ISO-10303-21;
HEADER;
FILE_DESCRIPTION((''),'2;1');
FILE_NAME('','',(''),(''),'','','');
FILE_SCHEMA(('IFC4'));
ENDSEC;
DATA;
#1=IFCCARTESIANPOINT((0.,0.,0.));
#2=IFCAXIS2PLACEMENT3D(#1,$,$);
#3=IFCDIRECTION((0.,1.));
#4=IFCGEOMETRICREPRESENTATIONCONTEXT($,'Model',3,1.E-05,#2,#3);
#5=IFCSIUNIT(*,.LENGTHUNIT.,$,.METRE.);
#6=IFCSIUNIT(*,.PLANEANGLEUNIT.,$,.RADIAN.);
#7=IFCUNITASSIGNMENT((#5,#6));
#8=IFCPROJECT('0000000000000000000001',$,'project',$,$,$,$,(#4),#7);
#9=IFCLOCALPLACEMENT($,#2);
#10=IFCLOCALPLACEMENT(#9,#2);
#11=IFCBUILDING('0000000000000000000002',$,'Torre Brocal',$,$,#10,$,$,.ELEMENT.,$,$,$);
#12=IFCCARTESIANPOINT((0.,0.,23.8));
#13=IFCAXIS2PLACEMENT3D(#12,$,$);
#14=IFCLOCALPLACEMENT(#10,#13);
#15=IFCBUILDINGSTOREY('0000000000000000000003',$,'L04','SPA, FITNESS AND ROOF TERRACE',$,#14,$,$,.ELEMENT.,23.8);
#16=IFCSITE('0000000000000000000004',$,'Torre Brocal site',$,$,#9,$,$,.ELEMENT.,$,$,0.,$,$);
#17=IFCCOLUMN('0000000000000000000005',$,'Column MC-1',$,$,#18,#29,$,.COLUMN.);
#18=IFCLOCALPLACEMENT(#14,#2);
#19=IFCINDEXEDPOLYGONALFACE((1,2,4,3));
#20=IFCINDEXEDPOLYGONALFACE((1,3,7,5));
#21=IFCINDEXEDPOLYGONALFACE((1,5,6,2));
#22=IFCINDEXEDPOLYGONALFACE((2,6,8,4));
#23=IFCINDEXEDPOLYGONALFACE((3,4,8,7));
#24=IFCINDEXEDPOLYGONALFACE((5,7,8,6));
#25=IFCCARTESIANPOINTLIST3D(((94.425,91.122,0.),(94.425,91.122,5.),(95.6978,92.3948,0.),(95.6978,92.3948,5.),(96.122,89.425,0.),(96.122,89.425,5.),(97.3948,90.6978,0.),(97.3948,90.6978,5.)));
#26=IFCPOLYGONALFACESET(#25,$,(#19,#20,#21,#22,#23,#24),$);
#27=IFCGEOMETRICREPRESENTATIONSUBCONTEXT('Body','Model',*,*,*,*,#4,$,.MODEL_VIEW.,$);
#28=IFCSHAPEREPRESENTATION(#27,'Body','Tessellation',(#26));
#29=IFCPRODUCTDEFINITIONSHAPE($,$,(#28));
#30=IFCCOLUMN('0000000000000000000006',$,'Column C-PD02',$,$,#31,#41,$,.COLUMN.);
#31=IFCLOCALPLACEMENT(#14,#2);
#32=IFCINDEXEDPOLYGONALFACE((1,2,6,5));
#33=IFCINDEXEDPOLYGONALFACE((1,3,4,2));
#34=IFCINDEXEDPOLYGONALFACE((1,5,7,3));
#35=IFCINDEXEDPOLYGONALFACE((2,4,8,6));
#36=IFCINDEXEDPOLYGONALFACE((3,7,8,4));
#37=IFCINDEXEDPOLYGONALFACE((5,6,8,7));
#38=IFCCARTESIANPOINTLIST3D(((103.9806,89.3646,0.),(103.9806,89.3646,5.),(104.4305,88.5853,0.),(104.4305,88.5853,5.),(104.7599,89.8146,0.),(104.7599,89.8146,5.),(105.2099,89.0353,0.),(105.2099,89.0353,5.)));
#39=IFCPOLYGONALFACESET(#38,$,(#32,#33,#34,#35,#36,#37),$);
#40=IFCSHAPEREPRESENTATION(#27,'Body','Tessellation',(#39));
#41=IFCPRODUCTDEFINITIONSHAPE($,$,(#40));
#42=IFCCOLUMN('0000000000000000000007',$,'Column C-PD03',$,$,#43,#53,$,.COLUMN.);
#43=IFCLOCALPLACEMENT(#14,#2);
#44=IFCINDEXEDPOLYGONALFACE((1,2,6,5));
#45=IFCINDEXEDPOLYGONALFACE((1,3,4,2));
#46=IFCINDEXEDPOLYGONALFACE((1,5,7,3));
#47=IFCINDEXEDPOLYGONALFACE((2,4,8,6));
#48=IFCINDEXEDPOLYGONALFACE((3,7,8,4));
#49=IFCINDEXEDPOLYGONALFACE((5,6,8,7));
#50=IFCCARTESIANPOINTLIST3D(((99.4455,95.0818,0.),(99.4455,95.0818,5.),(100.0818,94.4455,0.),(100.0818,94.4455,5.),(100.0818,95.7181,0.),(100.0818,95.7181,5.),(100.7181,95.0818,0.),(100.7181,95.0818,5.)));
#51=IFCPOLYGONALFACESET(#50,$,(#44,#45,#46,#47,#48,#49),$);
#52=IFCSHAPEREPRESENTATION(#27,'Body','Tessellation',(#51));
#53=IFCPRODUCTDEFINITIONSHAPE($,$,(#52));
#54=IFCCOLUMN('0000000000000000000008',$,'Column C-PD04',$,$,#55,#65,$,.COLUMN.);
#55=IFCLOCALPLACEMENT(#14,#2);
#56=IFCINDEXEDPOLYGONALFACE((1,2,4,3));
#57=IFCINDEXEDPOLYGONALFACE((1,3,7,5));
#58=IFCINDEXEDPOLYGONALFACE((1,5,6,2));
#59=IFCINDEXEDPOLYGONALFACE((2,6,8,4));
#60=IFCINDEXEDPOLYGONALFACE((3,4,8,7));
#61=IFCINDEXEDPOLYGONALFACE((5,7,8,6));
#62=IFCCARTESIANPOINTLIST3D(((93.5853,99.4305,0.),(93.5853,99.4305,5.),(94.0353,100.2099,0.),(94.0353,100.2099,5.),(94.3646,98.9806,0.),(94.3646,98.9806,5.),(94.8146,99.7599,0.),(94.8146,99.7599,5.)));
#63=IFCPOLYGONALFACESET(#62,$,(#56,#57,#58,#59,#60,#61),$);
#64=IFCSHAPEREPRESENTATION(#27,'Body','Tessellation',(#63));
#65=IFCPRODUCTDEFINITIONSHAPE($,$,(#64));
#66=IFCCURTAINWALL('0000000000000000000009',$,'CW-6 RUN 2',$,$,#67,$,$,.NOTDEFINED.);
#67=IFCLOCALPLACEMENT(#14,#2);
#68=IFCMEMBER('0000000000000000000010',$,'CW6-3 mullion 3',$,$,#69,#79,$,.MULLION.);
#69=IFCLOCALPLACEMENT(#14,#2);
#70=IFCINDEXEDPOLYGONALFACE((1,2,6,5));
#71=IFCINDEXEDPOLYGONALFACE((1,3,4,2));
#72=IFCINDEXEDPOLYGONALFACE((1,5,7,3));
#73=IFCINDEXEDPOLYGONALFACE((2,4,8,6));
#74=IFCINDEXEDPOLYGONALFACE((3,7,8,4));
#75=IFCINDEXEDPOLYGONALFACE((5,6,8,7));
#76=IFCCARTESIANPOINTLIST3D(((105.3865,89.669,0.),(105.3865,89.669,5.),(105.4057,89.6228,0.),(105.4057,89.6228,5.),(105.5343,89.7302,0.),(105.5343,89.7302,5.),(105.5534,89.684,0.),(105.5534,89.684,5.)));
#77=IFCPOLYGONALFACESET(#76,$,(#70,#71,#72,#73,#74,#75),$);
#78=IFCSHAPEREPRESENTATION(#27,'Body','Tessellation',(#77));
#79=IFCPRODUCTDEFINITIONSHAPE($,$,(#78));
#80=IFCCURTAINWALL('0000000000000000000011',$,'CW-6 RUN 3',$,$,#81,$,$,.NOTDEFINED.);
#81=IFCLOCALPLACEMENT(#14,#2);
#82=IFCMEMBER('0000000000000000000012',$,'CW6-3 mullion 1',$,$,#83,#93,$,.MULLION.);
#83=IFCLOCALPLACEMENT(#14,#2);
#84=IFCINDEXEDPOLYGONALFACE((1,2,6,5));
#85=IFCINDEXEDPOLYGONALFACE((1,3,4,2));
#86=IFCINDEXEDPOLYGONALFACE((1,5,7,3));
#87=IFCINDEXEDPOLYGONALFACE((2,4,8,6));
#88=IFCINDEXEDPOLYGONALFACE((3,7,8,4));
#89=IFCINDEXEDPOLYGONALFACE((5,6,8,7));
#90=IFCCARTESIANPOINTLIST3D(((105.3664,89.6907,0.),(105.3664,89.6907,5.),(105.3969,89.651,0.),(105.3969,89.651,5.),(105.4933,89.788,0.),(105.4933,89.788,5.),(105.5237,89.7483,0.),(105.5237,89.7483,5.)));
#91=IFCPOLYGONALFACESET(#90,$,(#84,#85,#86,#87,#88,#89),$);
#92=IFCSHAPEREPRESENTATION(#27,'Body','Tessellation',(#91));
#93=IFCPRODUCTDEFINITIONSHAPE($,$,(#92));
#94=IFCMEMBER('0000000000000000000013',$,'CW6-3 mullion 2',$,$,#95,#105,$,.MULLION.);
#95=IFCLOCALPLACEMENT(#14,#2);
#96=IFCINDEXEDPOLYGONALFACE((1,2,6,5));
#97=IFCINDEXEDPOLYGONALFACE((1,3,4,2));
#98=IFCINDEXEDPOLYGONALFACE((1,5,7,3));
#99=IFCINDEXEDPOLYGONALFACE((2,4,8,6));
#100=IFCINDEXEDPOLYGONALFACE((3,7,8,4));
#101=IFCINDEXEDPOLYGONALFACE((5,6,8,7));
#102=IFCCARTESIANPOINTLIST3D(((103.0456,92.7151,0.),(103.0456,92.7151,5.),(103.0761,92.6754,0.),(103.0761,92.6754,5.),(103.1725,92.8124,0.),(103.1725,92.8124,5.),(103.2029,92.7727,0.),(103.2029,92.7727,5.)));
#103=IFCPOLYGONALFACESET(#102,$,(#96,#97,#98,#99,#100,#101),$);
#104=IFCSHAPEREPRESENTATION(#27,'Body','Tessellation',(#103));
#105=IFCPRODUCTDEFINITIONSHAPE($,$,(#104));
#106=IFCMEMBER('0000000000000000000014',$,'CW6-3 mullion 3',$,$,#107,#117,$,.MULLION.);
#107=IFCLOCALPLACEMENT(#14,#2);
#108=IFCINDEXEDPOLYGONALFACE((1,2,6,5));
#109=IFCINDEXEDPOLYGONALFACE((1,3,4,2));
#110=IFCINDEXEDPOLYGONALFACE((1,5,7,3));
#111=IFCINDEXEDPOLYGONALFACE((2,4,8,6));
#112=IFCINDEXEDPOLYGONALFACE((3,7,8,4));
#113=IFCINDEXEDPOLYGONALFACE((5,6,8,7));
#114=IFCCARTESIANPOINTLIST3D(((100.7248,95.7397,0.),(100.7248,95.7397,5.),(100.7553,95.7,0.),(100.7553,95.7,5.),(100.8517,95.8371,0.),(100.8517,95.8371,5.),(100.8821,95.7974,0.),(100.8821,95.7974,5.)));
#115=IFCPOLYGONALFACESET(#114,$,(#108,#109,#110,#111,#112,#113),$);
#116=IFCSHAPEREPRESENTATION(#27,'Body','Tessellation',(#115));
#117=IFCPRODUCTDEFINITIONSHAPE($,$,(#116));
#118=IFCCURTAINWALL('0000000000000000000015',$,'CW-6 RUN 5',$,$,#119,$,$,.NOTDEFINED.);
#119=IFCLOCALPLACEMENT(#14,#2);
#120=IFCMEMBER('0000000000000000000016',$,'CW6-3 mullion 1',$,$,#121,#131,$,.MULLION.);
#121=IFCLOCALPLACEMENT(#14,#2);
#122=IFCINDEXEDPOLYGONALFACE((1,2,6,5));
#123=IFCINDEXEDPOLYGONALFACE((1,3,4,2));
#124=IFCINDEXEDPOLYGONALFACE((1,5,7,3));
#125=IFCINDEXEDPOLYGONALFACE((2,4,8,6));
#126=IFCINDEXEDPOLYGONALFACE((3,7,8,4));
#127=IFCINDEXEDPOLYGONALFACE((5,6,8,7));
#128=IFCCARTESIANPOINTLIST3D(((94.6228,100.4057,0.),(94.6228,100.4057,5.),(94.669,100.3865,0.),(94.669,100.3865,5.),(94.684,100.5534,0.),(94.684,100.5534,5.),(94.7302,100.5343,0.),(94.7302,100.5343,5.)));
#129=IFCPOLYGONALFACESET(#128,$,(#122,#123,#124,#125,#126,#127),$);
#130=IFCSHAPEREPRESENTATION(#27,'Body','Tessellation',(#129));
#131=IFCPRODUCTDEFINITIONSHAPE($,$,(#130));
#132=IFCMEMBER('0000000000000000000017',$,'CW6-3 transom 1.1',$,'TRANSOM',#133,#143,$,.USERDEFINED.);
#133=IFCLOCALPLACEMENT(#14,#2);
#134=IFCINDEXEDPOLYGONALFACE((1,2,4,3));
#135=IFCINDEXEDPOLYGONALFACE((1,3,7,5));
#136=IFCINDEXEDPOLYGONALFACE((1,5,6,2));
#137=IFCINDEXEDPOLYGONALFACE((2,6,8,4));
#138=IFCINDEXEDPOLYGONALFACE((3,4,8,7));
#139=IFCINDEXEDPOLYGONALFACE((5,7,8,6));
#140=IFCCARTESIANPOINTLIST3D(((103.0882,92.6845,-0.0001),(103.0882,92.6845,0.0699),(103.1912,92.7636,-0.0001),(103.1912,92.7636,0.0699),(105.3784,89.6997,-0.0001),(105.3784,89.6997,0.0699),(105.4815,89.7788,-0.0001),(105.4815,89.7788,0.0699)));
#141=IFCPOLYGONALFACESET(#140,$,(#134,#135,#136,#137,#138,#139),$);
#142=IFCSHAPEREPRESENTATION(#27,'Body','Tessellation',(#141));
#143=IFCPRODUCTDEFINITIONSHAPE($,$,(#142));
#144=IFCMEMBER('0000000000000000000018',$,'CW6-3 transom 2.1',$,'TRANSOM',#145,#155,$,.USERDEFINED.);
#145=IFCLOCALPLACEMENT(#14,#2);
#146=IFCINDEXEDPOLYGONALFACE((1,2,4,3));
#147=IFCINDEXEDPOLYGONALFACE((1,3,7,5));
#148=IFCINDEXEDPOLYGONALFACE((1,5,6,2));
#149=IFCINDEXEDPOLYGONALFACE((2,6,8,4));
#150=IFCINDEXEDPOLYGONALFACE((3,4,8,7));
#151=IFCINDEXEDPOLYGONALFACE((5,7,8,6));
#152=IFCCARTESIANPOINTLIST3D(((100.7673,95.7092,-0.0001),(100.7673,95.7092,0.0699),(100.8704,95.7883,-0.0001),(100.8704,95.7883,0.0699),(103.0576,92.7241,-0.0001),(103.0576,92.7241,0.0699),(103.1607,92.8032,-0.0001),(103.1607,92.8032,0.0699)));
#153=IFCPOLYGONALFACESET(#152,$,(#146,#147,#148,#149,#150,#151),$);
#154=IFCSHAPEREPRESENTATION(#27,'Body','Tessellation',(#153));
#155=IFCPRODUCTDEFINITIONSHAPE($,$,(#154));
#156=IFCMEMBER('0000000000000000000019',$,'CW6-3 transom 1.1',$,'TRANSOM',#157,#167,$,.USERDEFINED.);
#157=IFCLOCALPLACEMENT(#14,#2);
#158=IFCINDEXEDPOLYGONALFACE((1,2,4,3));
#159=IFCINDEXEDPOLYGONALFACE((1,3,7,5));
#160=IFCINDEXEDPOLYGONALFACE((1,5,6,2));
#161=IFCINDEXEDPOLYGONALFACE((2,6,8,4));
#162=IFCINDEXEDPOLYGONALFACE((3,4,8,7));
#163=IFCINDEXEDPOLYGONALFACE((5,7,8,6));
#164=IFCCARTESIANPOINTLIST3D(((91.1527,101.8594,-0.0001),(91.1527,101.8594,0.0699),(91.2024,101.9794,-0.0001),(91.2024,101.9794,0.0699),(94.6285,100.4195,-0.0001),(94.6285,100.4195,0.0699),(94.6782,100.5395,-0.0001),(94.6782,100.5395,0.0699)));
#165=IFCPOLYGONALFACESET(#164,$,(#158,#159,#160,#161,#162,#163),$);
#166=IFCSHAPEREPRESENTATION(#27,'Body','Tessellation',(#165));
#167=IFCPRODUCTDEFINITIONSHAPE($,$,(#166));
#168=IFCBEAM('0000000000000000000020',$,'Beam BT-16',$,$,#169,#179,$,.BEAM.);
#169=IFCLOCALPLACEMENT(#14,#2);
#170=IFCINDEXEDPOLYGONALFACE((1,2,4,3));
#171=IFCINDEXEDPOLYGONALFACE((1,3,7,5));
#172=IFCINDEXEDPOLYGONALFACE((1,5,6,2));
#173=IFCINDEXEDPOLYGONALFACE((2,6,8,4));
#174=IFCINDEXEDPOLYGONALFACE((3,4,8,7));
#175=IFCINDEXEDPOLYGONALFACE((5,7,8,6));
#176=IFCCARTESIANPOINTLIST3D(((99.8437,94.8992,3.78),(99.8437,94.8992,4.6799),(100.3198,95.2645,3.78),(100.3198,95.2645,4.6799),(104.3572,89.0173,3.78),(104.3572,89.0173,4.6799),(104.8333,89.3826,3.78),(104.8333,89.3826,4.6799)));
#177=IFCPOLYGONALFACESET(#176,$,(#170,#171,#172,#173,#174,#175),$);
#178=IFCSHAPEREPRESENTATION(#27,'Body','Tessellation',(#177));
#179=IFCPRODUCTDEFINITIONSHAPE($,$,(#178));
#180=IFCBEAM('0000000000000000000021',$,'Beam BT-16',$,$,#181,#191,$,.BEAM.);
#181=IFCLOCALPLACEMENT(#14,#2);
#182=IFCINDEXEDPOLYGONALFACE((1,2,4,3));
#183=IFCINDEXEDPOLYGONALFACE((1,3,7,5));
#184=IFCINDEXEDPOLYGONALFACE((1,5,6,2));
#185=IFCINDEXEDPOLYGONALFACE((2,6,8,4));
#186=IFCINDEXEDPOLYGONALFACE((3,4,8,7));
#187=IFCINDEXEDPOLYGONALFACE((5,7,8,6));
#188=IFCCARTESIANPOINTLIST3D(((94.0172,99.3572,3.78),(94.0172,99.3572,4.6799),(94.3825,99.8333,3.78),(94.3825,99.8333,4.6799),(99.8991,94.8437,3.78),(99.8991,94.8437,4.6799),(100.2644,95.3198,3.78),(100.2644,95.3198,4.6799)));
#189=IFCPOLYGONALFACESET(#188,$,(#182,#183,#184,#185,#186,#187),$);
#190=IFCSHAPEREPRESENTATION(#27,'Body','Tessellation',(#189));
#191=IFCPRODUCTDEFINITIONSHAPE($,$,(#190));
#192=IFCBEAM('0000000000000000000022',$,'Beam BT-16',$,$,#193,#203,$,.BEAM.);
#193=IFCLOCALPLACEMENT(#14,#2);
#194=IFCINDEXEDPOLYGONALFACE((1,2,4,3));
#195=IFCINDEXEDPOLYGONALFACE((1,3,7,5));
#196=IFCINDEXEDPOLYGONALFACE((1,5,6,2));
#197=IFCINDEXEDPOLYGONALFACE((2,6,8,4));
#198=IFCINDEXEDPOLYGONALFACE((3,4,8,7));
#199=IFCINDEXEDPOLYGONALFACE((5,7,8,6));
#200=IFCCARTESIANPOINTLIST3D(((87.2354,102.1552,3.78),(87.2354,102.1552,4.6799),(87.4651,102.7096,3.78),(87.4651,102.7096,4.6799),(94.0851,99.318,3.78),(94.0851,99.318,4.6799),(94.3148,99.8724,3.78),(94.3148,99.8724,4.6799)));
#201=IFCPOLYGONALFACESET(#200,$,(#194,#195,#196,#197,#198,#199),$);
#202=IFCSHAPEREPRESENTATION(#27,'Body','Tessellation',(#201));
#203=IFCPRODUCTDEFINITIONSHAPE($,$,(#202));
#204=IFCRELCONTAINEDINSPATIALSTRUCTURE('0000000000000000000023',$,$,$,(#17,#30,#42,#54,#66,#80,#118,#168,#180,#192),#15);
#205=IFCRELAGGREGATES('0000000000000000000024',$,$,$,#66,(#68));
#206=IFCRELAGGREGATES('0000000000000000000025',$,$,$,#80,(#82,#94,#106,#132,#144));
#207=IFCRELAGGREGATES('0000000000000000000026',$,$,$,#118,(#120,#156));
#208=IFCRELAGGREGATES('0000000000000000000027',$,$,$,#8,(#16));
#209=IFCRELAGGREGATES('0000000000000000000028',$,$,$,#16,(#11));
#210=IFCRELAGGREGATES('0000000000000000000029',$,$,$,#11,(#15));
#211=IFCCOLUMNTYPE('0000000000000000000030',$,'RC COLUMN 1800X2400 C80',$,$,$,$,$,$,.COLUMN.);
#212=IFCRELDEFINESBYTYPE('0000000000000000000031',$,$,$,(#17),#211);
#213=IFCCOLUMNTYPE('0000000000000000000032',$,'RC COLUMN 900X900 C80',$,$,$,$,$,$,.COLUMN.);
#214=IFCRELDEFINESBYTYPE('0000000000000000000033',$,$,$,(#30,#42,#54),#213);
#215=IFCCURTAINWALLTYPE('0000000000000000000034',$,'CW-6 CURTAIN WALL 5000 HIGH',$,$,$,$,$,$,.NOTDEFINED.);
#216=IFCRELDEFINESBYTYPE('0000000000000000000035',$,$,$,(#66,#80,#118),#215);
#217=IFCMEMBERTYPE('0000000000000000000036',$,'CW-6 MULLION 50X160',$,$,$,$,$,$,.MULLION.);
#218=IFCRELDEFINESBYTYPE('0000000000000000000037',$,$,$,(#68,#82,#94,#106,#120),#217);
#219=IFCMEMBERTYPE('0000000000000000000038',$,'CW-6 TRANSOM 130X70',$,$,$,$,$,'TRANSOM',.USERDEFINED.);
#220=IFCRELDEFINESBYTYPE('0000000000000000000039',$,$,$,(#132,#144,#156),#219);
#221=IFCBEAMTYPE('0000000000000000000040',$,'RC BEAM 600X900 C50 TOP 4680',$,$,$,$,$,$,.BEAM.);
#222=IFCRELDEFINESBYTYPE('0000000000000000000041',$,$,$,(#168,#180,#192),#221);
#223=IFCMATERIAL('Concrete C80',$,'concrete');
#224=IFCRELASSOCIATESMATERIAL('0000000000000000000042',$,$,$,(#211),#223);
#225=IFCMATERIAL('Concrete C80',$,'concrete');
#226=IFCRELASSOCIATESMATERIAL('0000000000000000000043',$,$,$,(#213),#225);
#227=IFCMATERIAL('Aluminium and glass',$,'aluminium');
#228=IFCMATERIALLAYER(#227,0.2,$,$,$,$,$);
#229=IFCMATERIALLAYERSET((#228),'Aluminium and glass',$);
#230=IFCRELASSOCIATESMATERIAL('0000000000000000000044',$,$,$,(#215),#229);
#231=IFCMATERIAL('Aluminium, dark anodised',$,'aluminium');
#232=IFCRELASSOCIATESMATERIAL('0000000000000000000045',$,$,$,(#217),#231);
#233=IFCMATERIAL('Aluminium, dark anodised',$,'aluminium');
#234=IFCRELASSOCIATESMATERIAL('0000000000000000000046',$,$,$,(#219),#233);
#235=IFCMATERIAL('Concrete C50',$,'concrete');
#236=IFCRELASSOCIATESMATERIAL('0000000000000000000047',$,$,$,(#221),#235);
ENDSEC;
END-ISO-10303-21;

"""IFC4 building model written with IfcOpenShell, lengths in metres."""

from ifc_helpers import new_model, si_unit, direction, frame, origin, origin_2d, place, context, subcontext, project, spatial, rectangle, extrude, material, layer, layer_set, material_profile, profile_set, type_object, element, aggregate, save


model = new_model("IFC4")

# Units and contexts
model_context = context("Model", 3, precision=1e-05, world=origin(), true_north=direction((0.0, 1.0)))
body_context = subcontext(model_context, "Body", "Model", "MODEL_VIEW")
ifc_project = project(units=[si_unit("LENGTHUNIT", "METRE"), si_unit("PLANEANGLEUNIT", "RADIAN")], contexts=[model_context])

# Site, building, storey
site_placement = place(None, origin())
site = spatial("IfcSite", under=ifc_project, at=site_placement, Name="Torre Brocal site", CompositionType="ELEMENT", RefElevation=0.0)
building_placement = place(site_placement, origin())
building = spatial("IfcBuilding", under=site, at=building_placement, Name="Torre Brocal", CompositionType="ELEMENT")
storey_placement = place(building_placement, frame((0.0, 0.0, 23.8)))
storey = spatial("IfcBuildingStorey", under=building, at=storey_placement, Name="L04", Description="SPA, FITNESS AND ROOF TERRACE", CompositionType="ELEMENT", Elevation=23.8)

# Columns
ifc_material_1 = material(Name="Concrete C80", Category="concrete")
ifc_material_profile_1 = material_profile(ifc_material_1, rectangle(XDim=1.8, YDim=2.3999, at=origin_2d()), Name="RC 1800X2400")
ifc_profile_set_1 = profile_set([ifc_material_profile_1], Name="Concrete C80")
column_type_1 = type_object("IfcColumnType", Name="RC COLUMN 1800X2400 C80", PredefinedType="COLUMN", material=ifc_profile_set_1)
column_placement = place(storey_placement, frame((95.9099, 90.9099, 0.0), z_axis=(0.0, 0.0, 1.0), x_axis=(0.707107, 0.707107, 0.0)))
element("IfcColumn", 1, at=column_placement, inside=storey, type_object=column_type_1, Name="Column MC-1", PredefinedType="COLUMN", context=body_context, shape_type="SweptSolid", body=[
    extrude(rectangle(XDim=1.8, YDim=2.3999, at=origin_2d()), origin(), (0.0, 0.0, 1.0), 5.0),
])
ifc_material_2 = material(Name="Concrete C80", Category="concrete")
ifc_material_profile_2 = material_profile(ifc_material_2, rectangle(XDim=0.8999, YDim=0.8999, at=origin_2d()), Name="RC 900X900")
ifc_profile_set_2 = profile_set([ifc_material_profile_2], Name="Concrete C80")
column_type_2 = type_object("IfcColumnType", Name="RC COLUMN 900X900 C80", PredefinedType="COLUMN", material=ifc_profile_set_2)
for number, where, z_axis, x_axis, name in (
    (2, (104.5952, 89.2, 0.0), (0.0, 0.0, 1.0), (0.866025, 0.5, 0.0), "Column C-PD02"),
    (3, (100.0818, 95.0818, 0.0), (0.0, 0.0, 1.0), (0.707107, 0.707107, 0.0), "Column C-PD03"),
    (4, (94.2, 99.5952, 0.0), (0.0, 0.0, 1.0), (0.5, 0.866025, 0.0), "Column C-PD04"),
):
    element("IfcColumn", number, at=place(storey_placement, frame(where, z_axis=z_axis, x_axis=x_axis)), inside=storey, type_object=column_type_2, Name=name, PredefinedType="COLUMN", context=body_context, shape_type="SweptSolid", body=[
        extrude(rectangle(XDim=0.8999, YDim=0.8999, at=origin_2d()), origin(), (0.0, 0.0, 1.0), 5.0),
    ])

# Curtain wall, member
ifc_material_3 = material(Name="Aluminium and glass", Category="aluminium")
ifc_layer_1 = layer(ifc_material_3, 0.2)
ifc_layer_set_1 = layer_set([ifc_layer_1], Name="Aluminium and glass")
curtain_wall_type = type_object("IfcCurtainWallType", Name="CW-6 CURTAIN WALL 5000 HIGH", PredefinedType="NOTDEFINED", material=ifc_layer_set_1)
curtain_wall_1_placement = place(storey_placement, origin())
curtain_wall_1 = element("IfcCurtainWall", 5, at=curtain_wall_1_placement, inside=storey, type_object=curtain_wall_type, Name="CW-6 RUN 2", PredefinedType="NOTDEFINED")
ifc_material_4 = material(Name="Aluminium, dark anodised", Category="aluminium")
ifc_material_profile_3 = material_profile(ifc_material_4, rectangle(XDim=0.1599, YDim=0.05, at=origin_2d()), Name="CW-6 MULLION 50X160")
ifc_profile_set_3 = profile_set([ifc_material_profile_3], Name="Aluminium, dark anodised")
member_type_1 = type_object("IfcMemberType", Name="CW-6 MULLION 50X160", PredefinedType="MULLION", material=ifc_profile_set_3)
member_1_placement = place(storey_placement, frame((105.47, 89.6765, 0.0), z_axis=(0.0, 0.0, 1.0), x_axis=(-0.92388, -0.382683, 0.0)))
member_1 = element("IfcMember", 6, at=member_1_placement, type_object=member_type_1, Name="CW6-3 mullion 3", PredefinedType="MULLION", context=body_context, shape_type="SweptSolid", body=[
    extrude(rectangle(XDim=0.1599, YDim=0.05, at=origin_2d()), origin(), (0.0, 0.0, 1.0), 5.0),
])

# Curtain wall, members
curtain_wall_2_placement = place(storey_placement, origin())
curtain_wall_2 = element("IfcCurtainWall", 7, at=curtain_wall_2_placement, inside=storey, type_object=curtain_wall_type, Name="CW-6 RUN 3", PredefinedType="NOTDEFINED")
member_2_placement = place(storey_placement, frame((105.4451, 89.7195, 0.0), z_axis=(0.0, 0.0, 1.0), x_axis=(-0.793353, -0.608761, 0.0)))
member_2 = element("IfcMember", 8, at=member_2_placement, type_object=member_type_1, Name="CW6-3 mullion 1", PredefinedType="MULLION", context=body_context, shape_type="SweptSolid", body=[
    extrude(rectangle(XDim=0.1599, YDim=0.05, at=origin_2d()), origin(), (0.0, 0.0, 1.0), 5.0),
])
member_3_placement = place(storey_placement, frame((103.1243, 92.7439, 0.0), z_axis=(0.0, 0.0, 1.0), x_axis=(-0.793353, -0.608761, 0.0)))
member_3 = element("IfcMember", 9, at=member_3_placement, type_object=member_type_1, Name="CW6-3 mullion 2", PredefinedType="MULLION", context=body_context, shape_type="SweptSolid", body=[
    extrude(rectangle(XDim=0.1599, YDim=0.05, at=origin_2d()), origin(), (0.0, 0.0, 1.0), 5.0),
])
member_4_placement = place(storey_placement, frame((100.8035, 95.7686, 0.0), z_axis=(0.0, 0.0, 1.0), x_axis=(-0.793353, -0.608761, 0.0)))
member_4 = element("IfcMember", 10, at=member_4_placement, type_object=member_type_1, Name="CW6-3 mullion 3", PredefinedType="MULLION", context=body_context, shape_type="SweptSolid", body=[
    extrude(rectangle(XDim=0.1599, YDim=0.05, at=origin_2d()), origin(), (0.0, 0.0, 1.0), 5.0),
])

# Curtain wall, member
curtain_wall_3_placement = place(storey_placement, origin())
curtain_wall_3 = element("IfcCurtainWall", 11, at=curtain_wall_3_placement, inside=storey, type_object=curtain_wall_type, Name="CW-6 RUN 5", PredefinedType="NOTDEFINED")
member_5_placement = place(storey_placement, frame((94.6765, 100.47, 0.0), z_axis=(0.0, 0.0, 1.0), x_axis=(-0.382683, -0.92388, 0.0)))
member_5 = element("IfcMember", 12, at=member_5_placement, type_object=member_type_1, Name="CW6-3 mullion 1", PredefinedType="MULLION", context=body_context, shape_type="SweptSolid", body=[
    extrude(rectangle(XDim=0.1599, YDim=0.05, at=origin_2d()), origin(), (0.0, 0.0, 1.0), 5.0),
])

# Members
ifc_material_5 = material(Name="Aluminium, dark anodised", Category="aluminium")
ifc_material_profile_4 = material_profile(ifc_material_5, rectangle(XDim=0.1299, YDim=0.0701, at=origin_2d()), Name="CW-6 TRANSOM 130X70")
ifc_profile_set_4 = profile_set([ifc_material_profile_4], Name="Aluminium, dark anodised")
member_type_2 = type_object("IfcMemberType", Name="CW-6 TRANSOM 130X70", ElementType="TRANSOM", PredefinedType="USERDEFINED", material=ifc_profile_set_4)
member_6_placement = place(storey_placement, frame((105.4299, 89.7393, 0.0349), z_axis=(-0.608748, 0.793364, 0.0), x_axis=(-0.793364, -0.608748, 0.0)))
member_6 = element("IfcMember", 13, at=member_6_placement, type_object=member_type_2, Name="CW6-3 transom 1.1", ObjectType="TRANSOM", PredefinedType="USERDEFINED", context=body_context, shape_type="SweptSolid", body=[
    extrude(rectangle(XDim=0.1299, YDim=0.0701, at=origin_2d()), origin(), (0.0, 0.0, 1.0), 3.7622),
])
member_7_placement = place(storey_placement, frame((103.1091, 92.7637, 0.0349), z_axis=(-0.608716, 0.793388, 0.0), x_axis=(-0.793388, -0.608716, 0.0)))
member_7 = element("IfcMember", 14, at=member_7_placement, type_object=member_type_2, Name="CW6-3 transom 2.1", ObjectType="TRANSOM", PredefinedType="USERDEFINED", context=body_context, shape_type="SweptSolid", body=[
    extrude(rectangle(XDim=0.1299, YDim=0.0701, at=origin_2d()), origin(), (0.0, 0.0, 1.0), 3.7625),
])
member_8_placement = place(storey_placement, frame((94.6533, 100.4795, 0.0349), z_axis=(-0.92386, 0.38273, 0.0), x_axis=(-0.38273, -0.92386, 0.0)))
member_8 = element("IfcMember", 15, at=member_8_placement, type_object=member_type_2, Name="CW6-3 transom 1.1", ObjectType="TRANSOM", PredefinedType="USERDEFINED", context=body_context, shape_type="SweptSolid", body=[
    extrude(rectangle(XDim=0.1299, YDim=0.0701, at=origin_2d()), origin(), (0.0, 0.0, 1.0), 3.7622),
])

# Beams
ifc_material_6 = material(Name="Concrete C50", Category="concrete")
ifc_material_profile_5 = material_profile(ifc_material_6, rectangle(XDim=0.6001, YDim=0.8999, at=origin_2d()), Name="RC 600X900")
ifc_profile_set_5 = profile_set([ifc_material_profile_5], Name="Concrete C50")
beam_type_1 = type_object("IfcBeamType", Name="RC BEAM 600X900 C50 TOP 4680", PredefinedType="BEAM", material=ifc_profile_set_5)
for number, where, z_axis, x_axis, name in (
    (16, (104.5952, 89.2, 4.23), (-0.608773, 0.793344, 0.0), (-0.793344, -0.608773, 0.0), "Beam BT-16"),
    (17, (100.0818, 95.0818, 4.23), (-0.793344, 0.608773, 0.0), (-0.608773, -0.793344, 0.0), "Beam BT-16"),
    (18, (94.2, 99.5952, 4.23), (-0.923882, 0.382678, 0.0), (-0.382678, -0.923882, 0.0), "Beam BT-16"),
):
    element("IfcBeam", number, at=place(storey_placement, frame(where, z_axis=z_axis, x_axis=x_axis)), inside=storey, type_object=beam_type_1, Name=name, PredefinedType="BEAM", context=body_context, shape_type="SweptSolid", body=[
        extrude(rectangle(XDim=0.6001, YDim=0.8999, at=origin_2d()), origin(), (0.0, 0.0, 1.0), 7.4141),
    ])

aggregate(curtain_wall_1, [member_1])
aggregate(curtain_wall_2, [member_2, member_3, member_4, member_6, member_7])
aggregate(curtain_wall_3, [member_5, member_8])

save(model, "model.ifc")
